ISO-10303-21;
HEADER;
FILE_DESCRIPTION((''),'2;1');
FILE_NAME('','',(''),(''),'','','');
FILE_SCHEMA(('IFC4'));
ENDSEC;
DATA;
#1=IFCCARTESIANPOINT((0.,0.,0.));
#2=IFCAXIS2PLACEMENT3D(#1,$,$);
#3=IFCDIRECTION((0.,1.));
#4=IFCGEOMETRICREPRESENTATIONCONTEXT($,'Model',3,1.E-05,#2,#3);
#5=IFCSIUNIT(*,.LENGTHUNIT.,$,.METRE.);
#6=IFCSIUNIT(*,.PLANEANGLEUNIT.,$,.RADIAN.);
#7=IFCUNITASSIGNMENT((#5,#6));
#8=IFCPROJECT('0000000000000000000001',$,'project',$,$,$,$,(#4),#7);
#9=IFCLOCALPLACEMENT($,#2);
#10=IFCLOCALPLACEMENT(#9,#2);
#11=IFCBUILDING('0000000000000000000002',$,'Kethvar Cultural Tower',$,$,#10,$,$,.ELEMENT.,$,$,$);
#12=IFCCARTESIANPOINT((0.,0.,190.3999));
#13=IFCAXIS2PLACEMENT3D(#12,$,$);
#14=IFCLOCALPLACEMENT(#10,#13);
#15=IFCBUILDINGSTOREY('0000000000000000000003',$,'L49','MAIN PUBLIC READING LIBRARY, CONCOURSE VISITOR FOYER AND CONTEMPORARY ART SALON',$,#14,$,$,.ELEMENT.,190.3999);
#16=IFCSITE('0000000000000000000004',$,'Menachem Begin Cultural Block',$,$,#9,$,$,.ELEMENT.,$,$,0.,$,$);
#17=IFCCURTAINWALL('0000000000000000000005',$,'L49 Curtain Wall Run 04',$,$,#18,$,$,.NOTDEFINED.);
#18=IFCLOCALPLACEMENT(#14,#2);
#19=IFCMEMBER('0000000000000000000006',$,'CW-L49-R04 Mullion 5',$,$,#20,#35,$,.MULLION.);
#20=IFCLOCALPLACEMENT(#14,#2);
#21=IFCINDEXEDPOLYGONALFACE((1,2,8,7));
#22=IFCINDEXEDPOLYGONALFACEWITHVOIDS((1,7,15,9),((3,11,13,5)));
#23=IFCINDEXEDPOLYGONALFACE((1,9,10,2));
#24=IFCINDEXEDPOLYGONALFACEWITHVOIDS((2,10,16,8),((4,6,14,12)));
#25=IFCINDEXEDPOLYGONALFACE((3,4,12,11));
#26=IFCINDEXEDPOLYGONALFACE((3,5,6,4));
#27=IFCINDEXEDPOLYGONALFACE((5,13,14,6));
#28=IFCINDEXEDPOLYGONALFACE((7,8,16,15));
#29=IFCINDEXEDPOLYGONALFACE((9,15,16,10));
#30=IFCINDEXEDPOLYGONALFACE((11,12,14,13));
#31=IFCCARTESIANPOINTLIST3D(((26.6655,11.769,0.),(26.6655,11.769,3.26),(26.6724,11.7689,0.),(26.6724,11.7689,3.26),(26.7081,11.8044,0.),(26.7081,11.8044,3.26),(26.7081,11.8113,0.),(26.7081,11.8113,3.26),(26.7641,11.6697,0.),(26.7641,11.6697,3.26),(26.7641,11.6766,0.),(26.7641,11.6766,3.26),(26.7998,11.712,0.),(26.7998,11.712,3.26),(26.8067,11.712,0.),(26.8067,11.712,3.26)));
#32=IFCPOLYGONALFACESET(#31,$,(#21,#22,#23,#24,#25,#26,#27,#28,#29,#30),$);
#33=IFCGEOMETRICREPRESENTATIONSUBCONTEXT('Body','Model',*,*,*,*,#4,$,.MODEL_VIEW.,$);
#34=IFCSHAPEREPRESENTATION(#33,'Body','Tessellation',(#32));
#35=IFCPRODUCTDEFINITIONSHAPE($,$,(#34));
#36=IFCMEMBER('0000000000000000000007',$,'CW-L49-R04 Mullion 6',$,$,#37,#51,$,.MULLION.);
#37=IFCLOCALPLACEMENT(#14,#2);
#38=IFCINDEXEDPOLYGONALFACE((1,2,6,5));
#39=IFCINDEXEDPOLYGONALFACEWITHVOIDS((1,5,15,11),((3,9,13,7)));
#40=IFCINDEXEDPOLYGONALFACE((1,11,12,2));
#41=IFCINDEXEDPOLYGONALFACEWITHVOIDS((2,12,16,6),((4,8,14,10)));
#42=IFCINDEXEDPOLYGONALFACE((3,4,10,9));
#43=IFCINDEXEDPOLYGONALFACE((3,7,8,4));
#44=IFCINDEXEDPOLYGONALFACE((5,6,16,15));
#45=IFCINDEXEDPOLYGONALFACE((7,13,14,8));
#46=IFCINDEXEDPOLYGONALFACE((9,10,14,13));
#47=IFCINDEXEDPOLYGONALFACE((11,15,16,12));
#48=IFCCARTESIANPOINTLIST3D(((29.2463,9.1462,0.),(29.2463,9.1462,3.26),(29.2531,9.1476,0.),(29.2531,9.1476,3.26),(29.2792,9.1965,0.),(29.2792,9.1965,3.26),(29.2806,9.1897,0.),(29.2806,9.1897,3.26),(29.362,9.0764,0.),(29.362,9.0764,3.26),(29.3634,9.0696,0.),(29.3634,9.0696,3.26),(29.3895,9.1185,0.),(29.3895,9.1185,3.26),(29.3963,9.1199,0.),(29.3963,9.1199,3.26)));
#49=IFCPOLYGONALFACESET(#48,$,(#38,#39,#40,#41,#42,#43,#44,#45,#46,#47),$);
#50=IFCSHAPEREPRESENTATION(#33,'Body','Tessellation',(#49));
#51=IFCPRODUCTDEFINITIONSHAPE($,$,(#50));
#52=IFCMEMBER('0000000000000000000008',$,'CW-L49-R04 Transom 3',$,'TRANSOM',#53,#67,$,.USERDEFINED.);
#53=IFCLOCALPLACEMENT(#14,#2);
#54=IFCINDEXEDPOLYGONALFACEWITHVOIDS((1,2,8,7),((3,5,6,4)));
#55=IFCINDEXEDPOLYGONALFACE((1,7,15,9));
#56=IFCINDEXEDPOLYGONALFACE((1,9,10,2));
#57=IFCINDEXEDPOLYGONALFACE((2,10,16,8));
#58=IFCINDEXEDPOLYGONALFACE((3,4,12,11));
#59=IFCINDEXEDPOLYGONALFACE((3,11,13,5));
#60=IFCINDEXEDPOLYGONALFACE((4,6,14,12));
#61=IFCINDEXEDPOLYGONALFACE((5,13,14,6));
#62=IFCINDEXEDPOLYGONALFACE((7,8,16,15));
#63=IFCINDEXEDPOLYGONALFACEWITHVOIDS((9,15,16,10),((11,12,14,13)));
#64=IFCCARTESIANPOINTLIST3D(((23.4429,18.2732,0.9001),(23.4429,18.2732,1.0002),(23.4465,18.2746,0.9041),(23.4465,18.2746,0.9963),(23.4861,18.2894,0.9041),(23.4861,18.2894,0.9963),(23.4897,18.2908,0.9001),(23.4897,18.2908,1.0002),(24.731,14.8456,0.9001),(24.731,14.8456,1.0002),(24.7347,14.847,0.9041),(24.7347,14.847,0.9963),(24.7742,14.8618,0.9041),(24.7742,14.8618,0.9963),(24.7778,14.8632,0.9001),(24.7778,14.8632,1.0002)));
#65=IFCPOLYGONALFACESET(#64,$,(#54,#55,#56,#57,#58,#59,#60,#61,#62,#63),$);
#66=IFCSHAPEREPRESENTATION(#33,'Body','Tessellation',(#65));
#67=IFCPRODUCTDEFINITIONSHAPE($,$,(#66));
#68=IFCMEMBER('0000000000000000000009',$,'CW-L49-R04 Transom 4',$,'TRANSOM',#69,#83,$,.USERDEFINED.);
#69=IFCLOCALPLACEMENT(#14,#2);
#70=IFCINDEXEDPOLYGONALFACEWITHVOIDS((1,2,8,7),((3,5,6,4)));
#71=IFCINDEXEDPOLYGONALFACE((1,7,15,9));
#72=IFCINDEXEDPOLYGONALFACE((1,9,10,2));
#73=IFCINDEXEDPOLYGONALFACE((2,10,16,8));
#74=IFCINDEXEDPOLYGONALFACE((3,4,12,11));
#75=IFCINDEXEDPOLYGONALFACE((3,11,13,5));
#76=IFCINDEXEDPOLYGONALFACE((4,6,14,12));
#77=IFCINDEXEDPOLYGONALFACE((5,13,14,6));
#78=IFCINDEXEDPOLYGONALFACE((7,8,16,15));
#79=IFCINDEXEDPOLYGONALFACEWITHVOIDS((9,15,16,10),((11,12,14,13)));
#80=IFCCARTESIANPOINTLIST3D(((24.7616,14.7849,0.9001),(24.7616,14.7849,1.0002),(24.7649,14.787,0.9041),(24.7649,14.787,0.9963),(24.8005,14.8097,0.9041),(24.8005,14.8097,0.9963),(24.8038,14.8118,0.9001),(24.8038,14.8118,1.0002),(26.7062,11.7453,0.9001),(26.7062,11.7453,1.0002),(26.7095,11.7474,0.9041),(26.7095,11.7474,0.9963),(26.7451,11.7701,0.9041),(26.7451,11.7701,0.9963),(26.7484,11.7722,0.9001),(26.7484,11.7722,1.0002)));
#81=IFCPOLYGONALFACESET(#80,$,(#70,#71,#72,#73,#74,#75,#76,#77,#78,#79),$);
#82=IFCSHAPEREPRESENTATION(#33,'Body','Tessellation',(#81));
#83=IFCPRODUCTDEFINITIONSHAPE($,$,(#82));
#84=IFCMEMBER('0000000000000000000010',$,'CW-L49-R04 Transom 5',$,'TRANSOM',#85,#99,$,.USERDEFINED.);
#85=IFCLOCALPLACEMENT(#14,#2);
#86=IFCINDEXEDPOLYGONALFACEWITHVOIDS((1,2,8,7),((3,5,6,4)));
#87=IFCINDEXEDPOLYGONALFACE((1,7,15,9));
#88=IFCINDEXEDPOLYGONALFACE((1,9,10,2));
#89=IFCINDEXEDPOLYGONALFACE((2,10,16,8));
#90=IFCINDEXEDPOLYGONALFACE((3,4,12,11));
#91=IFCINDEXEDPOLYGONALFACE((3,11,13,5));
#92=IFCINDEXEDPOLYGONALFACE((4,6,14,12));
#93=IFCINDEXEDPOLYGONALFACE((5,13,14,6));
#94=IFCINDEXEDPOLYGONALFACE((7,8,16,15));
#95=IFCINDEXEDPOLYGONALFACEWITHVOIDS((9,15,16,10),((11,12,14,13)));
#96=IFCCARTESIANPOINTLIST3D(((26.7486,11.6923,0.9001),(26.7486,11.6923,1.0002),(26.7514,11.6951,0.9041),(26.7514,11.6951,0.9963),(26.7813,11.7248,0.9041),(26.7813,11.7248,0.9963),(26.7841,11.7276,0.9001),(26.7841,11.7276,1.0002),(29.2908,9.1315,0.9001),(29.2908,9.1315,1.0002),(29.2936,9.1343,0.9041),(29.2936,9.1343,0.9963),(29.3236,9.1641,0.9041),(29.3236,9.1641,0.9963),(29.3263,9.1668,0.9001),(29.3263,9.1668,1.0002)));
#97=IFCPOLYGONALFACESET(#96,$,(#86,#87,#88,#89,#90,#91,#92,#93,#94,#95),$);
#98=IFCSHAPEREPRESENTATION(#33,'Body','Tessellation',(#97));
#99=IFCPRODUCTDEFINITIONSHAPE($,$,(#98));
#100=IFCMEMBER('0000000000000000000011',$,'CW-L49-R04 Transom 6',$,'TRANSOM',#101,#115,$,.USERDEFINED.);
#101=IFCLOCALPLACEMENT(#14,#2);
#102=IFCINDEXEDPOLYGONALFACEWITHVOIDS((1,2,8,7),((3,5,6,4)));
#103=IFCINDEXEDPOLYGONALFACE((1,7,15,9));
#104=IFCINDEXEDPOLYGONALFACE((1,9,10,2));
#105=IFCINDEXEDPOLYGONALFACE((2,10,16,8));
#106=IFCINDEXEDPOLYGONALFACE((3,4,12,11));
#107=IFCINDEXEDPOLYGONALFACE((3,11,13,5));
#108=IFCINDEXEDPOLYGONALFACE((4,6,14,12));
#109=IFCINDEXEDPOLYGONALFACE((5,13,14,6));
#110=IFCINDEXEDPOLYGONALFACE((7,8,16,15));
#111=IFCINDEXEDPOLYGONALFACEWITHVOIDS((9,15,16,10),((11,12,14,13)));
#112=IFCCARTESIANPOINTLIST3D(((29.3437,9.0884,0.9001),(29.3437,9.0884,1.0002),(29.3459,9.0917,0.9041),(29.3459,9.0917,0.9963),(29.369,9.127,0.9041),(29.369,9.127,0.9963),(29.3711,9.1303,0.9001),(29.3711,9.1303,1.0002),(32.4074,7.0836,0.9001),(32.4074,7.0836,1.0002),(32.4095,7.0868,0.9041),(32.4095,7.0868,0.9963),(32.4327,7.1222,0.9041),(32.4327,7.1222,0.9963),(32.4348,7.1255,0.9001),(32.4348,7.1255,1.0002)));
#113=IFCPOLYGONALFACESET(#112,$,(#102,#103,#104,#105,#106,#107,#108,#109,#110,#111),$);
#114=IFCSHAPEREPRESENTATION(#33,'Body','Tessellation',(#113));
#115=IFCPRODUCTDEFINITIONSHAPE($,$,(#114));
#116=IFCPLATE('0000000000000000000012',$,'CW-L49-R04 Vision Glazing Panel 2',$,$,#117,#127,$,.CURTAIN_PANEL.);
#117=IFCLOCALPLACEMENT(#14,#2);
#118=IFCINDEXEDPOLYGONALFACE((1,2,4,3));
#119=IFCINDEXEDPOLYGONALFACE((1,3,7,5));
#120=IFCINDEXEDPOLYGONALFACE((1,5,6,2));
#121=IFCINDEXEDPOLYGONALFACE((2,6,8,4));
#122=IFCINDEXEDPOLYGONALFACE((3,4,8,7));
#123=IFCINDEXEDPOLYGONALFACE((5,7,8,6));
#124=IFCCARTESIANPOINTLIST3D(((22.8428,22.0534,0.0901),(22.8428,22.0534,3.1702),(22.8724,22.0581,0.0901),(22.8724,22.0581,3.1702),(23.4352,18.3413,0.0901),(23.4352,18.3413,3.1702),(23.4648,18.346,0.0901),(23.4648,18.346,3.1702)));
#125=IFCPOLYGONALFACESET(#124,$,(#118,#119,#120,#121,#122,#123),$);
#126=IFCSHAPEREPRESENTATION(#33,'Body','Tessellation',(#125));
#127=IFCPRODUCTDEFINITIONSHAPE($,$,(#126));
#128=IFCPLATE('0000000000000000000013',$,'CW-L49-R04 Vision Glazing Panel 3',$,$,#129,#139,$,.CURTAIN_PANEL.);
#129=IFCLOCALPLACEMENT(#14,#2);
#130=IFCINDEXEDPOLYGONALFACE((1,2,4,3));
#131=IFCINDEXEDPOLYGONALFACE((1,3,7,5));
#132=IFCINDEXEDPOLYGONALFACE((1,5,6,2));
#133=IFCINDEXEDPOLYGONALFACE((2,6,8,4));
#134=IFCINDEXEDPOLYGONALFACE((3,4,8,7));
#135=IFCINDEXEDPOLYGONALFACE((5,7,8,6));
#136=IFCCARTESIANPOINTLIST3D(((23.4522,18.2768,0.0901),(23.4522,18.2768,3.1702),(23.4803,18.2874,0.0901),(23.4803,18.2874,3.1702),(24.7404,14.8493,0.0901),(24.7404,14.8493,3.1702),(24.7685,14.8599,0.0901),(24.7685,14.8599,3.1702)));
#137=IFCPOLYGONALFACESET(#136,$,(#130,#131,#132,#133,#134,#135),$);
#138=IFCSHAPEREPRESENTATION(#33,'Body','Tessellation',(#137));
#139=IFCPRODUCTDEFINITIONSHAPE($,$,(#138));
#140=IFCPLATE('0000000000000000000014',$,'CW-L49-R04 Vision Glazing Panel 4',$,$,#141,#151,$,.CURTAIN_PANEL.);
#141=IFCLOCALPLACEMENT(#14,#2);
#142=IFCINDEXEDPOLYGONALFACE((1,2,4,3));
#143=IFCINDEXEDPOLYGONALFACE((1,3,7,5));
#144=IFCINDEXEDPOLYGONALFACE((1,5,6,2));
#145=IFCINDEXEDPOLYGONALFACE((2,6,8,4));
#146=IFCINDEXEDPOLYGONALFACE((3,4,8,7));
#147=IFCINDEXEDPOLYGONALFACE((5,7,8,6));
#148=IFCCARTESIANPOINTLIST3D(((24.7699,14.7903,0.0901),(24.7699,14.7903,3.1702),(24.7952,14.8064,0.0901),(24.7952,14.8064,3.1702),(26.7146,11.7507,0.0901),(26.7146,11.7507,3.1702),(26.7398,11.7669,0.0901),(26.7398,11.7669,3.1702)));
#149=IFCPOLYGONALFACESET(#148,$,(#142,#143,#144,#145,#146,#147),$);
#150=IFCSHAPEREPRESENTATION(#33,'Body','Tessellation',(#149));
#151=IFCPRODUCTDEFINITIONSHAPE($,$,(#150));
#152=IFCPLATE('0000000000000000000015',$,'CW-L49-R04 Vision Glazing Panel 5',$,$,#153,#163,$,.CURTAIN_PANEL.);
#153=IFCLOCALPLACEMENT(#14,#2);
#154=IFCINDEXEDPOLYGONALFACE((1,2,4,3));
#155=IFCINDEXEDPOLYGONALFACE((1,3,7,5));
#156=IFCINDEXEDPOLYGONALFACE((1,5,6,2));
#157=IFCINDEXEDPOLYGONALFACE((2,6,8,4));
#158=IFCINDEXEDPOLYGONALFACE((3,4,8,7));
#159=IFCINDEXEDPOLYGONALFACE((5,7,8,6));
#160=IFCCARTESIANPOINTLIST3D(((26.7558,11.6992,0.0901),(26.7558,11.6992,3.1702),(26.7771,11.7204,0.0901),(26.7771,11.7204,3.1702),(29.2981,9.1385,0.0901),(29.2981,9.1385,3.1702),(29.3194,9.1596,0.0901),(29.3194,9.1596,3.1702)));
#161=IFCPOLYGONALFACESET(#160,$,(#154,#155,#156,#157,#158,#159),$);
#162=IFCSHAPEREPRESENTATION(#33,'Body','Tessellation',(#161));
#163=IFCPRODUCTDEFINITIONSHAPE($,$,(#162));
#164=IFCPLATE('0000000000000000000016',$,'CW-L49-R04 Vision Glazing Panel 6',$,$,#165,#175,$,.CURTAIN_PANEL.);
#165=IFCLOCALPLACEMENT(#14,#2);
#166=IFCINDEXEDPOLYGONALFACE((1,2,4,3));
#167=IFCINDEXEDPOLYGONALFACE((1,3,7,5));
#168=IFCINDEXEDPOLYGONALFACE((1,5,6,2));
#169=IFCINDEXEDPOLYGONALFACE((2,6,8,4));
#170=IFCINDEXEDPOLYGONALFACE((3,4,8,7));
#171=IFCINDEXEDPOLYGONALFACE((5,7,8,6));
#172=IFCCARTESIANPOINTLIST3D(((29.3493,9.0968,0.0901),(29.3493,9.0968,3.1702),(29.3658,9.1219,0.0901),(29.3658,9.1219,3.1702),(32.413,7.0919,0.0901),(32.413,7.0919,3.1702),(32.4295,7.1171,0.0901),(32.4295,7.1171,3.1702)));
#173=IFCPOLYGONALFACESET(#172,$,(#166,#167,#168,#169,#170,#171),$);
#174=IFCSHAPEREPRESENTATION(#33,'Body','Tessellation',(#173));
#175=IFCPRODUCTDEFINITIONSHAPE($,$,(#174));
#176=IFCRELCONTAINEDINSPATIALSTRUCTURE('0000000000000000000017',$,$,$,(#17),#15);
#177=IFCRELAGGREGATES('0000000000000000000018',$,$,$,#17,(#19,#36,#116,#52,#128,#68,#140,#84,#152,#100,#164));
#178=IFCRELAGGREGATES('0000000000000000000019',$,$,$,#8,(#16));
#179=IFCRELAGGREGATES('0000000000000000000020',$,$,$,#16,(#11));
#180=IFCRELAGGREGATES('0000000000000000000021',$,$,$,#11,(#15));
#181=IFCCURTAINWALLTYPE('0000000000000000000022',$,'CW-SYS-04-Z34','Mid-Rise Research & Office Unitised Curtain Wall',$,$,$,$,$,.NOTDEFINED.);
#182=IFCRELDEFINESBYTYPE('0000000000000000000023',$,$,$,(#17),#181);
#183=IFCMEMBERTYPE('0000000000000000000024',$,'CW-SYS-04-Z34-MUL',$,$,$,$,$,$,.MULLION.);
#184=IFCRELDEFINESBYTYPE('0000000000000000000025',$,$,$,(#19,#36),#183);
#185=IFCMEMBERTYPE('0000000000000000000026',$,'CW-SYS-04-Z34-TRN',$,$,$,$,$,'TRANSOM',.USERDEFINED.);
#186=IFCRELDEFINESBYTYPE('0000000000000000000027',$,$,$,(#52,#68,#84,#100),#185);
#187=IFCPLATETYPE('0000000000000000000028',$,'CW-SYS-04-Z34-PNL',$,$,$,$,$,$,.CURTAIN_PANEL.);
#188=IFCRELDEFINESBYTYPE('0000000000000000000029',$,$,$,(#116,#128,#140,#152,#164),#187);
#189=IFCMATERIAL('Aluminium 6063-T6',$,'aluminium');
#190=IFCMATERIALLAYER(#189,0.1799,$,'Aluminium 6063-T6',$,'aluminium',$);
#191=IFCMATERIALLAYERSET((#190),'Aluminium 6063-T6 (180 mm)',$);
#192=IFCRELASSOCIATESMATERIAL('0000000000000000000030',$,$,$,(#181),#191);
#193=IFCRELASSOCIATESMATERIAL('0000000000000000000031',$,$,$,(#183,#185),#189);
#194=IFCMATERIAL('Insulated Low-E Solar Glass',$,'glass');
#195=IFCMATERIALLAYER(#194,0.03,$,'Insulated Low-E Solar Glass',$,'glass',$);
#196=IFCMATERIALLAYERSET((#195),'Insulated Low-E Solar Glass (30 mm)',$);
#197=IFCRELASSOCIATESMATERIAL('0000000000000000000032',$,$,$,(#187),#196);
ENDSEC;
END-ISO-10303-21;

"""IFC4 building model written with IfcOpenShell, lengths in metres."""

from ifc_helpers import new_model, si_unit, direction, frame, origin, origin_2d, place, context, subcontext, project, spatial, rectangle, hollow_rectangle, extrude, source, transform, mapped, material, layer, layer_set, material_profile, profile_set, type_object, element, aggregate, save


model = new_model("IFC4")

# Units and contexts
model_context = context("Model", 3, precision=1e-05, world=origin(), true_north=direction((0.0, 1.0)))
body_context = subcontext(model_context, "Body", "Model", "MODEL_VIEW")
ifc_project = project(units=[si_unit("LENGTHUNIT", "METRE"), si_unit("PLANEANGLEUNIT", "RADIAN")], contexts=[model_context])

# Site, building, storey
site_placement = place(None, origin())
site = spatial("IfcSite", under=ifc_project, at=site_placement, Name="Menachem Begin Cultural Block", CompositionType="ELEMENT", RefElevation=0.0)
building_placement = place(site_placement, origin())
building = spatial("IfcBuilding", under=site, at=building_placement, Name="Kethvar Cultural Tower", CompositionType="ELEMENT")
storey_placement = place(building_placement, frame((0.0, 0.0, 190.3999)))
storey = spatial("IfcBuildingStorey", under=building, at=storey_placement, Name="L49", Description="MAIN PUBLIC READING LIBRARY, CONCOURSE VISITOR FOYER AND CONTEMPORARY ART SALON", CompositionType="ELEMENT", Elevation=190.3999)

# Curtain wall, members, plates
ifc_material_1 = material(Name="Aluminium 6063-T6", Category="aluminium")
ifc_layer_1 = layer(ifc_material_1, 0.1799, Name="Aluminium 6063-T6", Category="aluminium")
ifc_layer_set_1 = layer_set([ifc_layer_1], Name="Aluminium 6063-T6 (180 mm)")
curtain_wall_type = type_object("IfcCurtainWallType", Name="CW-SYS-04-Z34", Description="Mid-Rise Research & Office Unitised Curtain Wall", PredefinedType="NOTDEFINED", material=ifc_layer_set_1)
curtain_wall_placement = place(storey_placement, origin())
curtain_wall = element("IfcCurtainWall", 1, at=curtain_wall_placement, inside=storey, type_object=curtain_wall_type, Name="L49 Curtain Wall Run 04", PredefinedType="NOTDEFINED")
ifc_material_profile_1 = material_profile(ifc_material_1, hollow_rectangle(XDim=0.0601, YDim=0.1399, WallThickness=0.0049, at=origin_2d()), Name="Aluminium 6063-T6 — RHS140x60x5")
ifc_profile_set_1 = profile_set([ifc_material_profile_1], Name="Aluminium 6063-T6 — RHS140x60x5")
member_type_1 = type_object("IfcMemberType", Name="CW-SYS-04-Z34-MUL", PredefinedType="MULLION", material=ifc_profile_set_1)
shared_shape_1 = source(origin(), body_context, "Body", "SweptSolid", [
    extrude(hollow_rectangle(XDim=0.0601, YDim=0.1399, WallThickness=0.0049, at=origin_2d()), origin(), (0.0, 0.0, 1.0), 3.26),
])
member_1_placement = place(storey_placement, frame((26.7361, 11.7405, 0.0), z_axis=(0.0, 0.0, 1.0), x_axis=(0.709669, 0.704535, 0.0)))
member_1 = element("IfcMember", 2, at=member_1_placement, type_object=member_type_1, Name="CW-L49-R04 Mullion 5", PredefinedType="MULLION", context=body_context, shape_type="MappedRepresentation", body=[
    mapped(shared_shape_1, transform((0.0, 0.0, 0.0), scale=1.0)),
])
member_2_placement = place(storey_placement, frame((29.3213, 9.1331, 0.0), z_axis=(0.0, 0.0, 1.0), x_axis=(0.547578, 0.836755, 0.0)))
member_2 = element("IfcMember", 3, at=member_2_placement, type_object=member_type_1, Name="CW-L49-R04 Mullion 6", PredefinedType="MULLION", context=body_context, shape_type="MappedRepresentation", body=[
    mapped(shared_shape_1, transform((0.0, 0.0, 0.0), scale=1.0)),
])
ifc_material_profile_2 = material_profile(ifc_material_1, hollow_rectangle(XDim=0.05, YDim=0.1001, WallThickness=0.0039, at=origin_2d()), Name="Aluminium 6063-T6 — RHS100x50x4")
ifc_profile_set_2 = profile_set([ifc_material_profile_2], Name="Aluminium 6063-T6 — RHS100x50x4")
member_type_2 = type_object("IfcMemberType", Name="CW-SYS-04-Z34-TRN", ElementType="TRANSOM", PredefinedType="USERDEFINED", material=ifc_profile_set_2)
shared_shape_2 = source(origin(), body_context, "Body", "SweptSolid", [
    extrude(hollow_rectangle(XDim=0.05, YDim=0.1001, WallThickness=0.0039, at=origin_2d()), origin(), (0.0, 0.0, 1.0), 3.6616),
])
member_3_placement = place(storey_placement, frame((23.4663, 18.282, 0.9502), z_axis=(0.351788, -0.93608, 0.0), x_axis=(0.93608, 0.351788, 0.0)))
member_3 = element("IfcMember", 4, at=member_3_placement, type_object=member_type_2, Name="CW-L49-R04 Transom 3", ObjectType="TRANSOM", PredefinedType="USERDEFINED", context=body_context, shape_type="MappedRepresentation", body=[
    mapped(shared_shape_2, transform((0.0, 0.0, 0.0), scale=1.0)),
])
shared_shape_3 = source(origin(), body_context, "Body", "SweptSolid", [
    extrude(hollow_rectangle(XDim=0.05, YDim=0.1001, WallThickness=0.0039, at=origin_2d()), origin(), (0.0, 0.0, 1.0), 3.6084),
])
member_4_placement = place(storey_placement, frame((24.7827, 14.7983, 0.9502), z_axis=(0.53891, -0.842364, 0.0), x_axis=(0.842364, 0.53891, 0.0)))
member_4 = element("IfcMember", 5, at=member_4_placement, type_object=member_type_2, Name="CW-L49-R04 Transom 4", ObjectType="TRANSOM", PredefinedType="USERDEFINED", context=body_context, shape_type="MappedRepresentation", body=[
    mapped(shared_shape_3, transform((0.0, 0.0, 0.0), scale=1.0)),
])
member_5_placement = place(storey_placement, frame((26.7664, 11.71, 0.9502), z_axis=(0.704531, -0.709673, 0.0), x_axis=(0.709673, 0.704531, 0.0)))
member_5 = element("IfcMember", 6, at=member_5_placement, type_object=member_type_2, Name="CW-L49-R04 Transom 5", ObjectType="TRANSOM", PredefinedType="USERDEFINED", context=body_context, shape_type="MappedRepresentation", body=[
    mapped(shared_shape_3, transform((0.0, 0.0, 0.0), scale=1.0)),
])
shared_shape_4 = source(origin(), body_context, "Body", "SweptSolid", [
    extrude(hollow_rectangle(XDim=0.05, YDim=0.1001, WallThickness=0.0039, at=origin_2d()), origin(), (0.0, 0.0, 1.0), 3.6614),
])
member_6_placement = place(storey_placement, frame((29.3574, 9.1094, 0.9502), z_axis=(0.836759, -0.547571, 0.0), x_axis=(0.547571, 0.836759, 0.0)))
member_6 = element("IfcMember", 7, at=member_6_placement, type_object=member_type_2, Name="CW-L49-R04 Transom 6", ObjectType="TRANSOM", PredefinedType="USERDEFINED", context=body_context, shape_type="MappedRepresentation", body=[
    mapped(shared_shape_4, transform((0.0, 0.0, 0.0), scale=1.0)),
])
ifc_material_2 = material(Name="Insulated Low-E Solar Glass", Category="glass")
ifc_layer_2 = layer(ifc_material_2, 0.03, Name="Insulated Low-E Solar Glass", Category="glass")
ifc_layer_set_2 = layer_set([ifc_layer_2], Name="Insulated Low-E Solar Glass (30 mm)")
plate_type = type_object("IfcPlateType", Name="CW-SYS-04-Z34-PNL", PredefinedType="CURTAIN_PANEL", material=ifc_layer_set_2)
shared_shape_5 = source(origin(), body_context, "Body", "SweptSolid", [
    extrude(rectangle(XDim=3.759, YDim=0.03, at=origin_2d()), origin(), (0.0, 0.0, 1.0), 3.0801),
])
plate_1_placement = place(storey_placement, frame((23.1538, 20.1997, 0.0901), z_axis=(0.0, 0.0, 1.0), x_axis=(0.157589, -0.987505, 0.0)))
plate_1 = element("IfcPlate", 8, at=plate_1_placement, type_object=plate_type, Name="CW-L49-R04 Vision Glazing Panel 2", PredefinedType="CURTAIN_PANEL", context=body_context, shape_type="MappedRepresentation", body=[
    mapped(shared_shape_5, transform((0.0, 0.0, 0.0), scale=1.0)),
])
shared_shape_6 = source(origin(), body_context, "Body", "SweptSolid", [
    extrude(rectangle(XDim=3.6616, YDim=0.03, at=origin_2d()), origin(), (0.0, 0.0, 1.0), 3.0801),
])
plate_2_placement = place(storey_placement, frame((24.1104, 16.5684, 0.0901), z_axis=(0.0, 0.0, 1.0), x_axis=(0.351825, -0.936066, 0.0)))
plate_2 = element("IfcPlate", 9, at=plate_2_placement, type_object=plate_type, Name="CW-L49-R04 Vision Glazing Panel 3", PredefinedType="CURTAIN_PANEL", context=body_context, shape_type="MappedRepresentation", body=[
    mapped(shared_shape_6, transform((0.0, 0.0, 0.0), scale=1.0)),
])
shared_shape_7 = source(origin(), body_context, "Body", "SweptSolid", [
    extrude(rectangle(XDim=3.6084, YDim=0.03, at=origin_2d()), origin(), (0.0, 0.0, 1.0), 3.0801),
])
plate_3_placement = place(storey_placement, frame((25.7549, 13.2786, 0.0901), z_axis=(0.0, 0.0, 1.0), x_axis=(0.538918, -0.842358, 0.0)))
plate_3 = element("IfcPlate", 10, at=plate_3_placement, type_object=plate_type, Name="CW-L49-R04 Vision Glazing Panel 4", PredefinedType="CURTAIN_PANEL", context=body_context, shape_type="MappedRepresentation", body=[
    mapped(shared_shape_7, transform((0.0, 0.0, 0.0), scale=1.0)),
])
plate_4_placement = place(storey_placement, frame((28.0376, 10.4294, 0.0901), z_axis=(0.0, 0.0, 1.0), x_axis=(0.704535, -0.709669, 0.0)))
plate_4 = element("IfcPlate", 11, at=plate_4_placement, type_object=plate_type, Name="CW-L49-R04 Vision Glazing Panel 5", PredefinedType="CURTAIN_PANEL", context=body_context, shape_type="MappedRepresentation", body=[
    mapped(shared_shape_7, transform((0.0, 0.0, 0.0), scale=1.0)),
])
shared_shape_8 = source(origin(), body_context, "Body", "SweptSolid", [
    extrude(rectangle(XDim=3.6614, YDim=0.03, at=origin_2d()), origin(), (0.0, 0.0, 1.0), 3.0801),
])
plate_5_placement = place(storey_placement, frame((30.8894, 8.1069, 0.0901), z_axis=(0.0, 0.0, 1.0), x_axis=(0.836755, -0.547578, 0.0)))
plate_5 = element("IfcPlate", 12, at=plate_5_placement, type_object=plate_type, Name="CW-L49-R04 Vision Glazing Panel 6", PredefinedType="CURTAIN_PANEL", context=body_context, shape_type="MappedRepresentation", body=[
    mapped(shared_shape_8, transform((0.0, 0.0, 0.0), scale=1.0)),
])
aggregate(curtain_wall, [member_1, member_2, plate_1, member_3, plate_2, member_4, plate_3, member_5, plate_4, member_6, plate_5])

save(model, "model.ifc")
